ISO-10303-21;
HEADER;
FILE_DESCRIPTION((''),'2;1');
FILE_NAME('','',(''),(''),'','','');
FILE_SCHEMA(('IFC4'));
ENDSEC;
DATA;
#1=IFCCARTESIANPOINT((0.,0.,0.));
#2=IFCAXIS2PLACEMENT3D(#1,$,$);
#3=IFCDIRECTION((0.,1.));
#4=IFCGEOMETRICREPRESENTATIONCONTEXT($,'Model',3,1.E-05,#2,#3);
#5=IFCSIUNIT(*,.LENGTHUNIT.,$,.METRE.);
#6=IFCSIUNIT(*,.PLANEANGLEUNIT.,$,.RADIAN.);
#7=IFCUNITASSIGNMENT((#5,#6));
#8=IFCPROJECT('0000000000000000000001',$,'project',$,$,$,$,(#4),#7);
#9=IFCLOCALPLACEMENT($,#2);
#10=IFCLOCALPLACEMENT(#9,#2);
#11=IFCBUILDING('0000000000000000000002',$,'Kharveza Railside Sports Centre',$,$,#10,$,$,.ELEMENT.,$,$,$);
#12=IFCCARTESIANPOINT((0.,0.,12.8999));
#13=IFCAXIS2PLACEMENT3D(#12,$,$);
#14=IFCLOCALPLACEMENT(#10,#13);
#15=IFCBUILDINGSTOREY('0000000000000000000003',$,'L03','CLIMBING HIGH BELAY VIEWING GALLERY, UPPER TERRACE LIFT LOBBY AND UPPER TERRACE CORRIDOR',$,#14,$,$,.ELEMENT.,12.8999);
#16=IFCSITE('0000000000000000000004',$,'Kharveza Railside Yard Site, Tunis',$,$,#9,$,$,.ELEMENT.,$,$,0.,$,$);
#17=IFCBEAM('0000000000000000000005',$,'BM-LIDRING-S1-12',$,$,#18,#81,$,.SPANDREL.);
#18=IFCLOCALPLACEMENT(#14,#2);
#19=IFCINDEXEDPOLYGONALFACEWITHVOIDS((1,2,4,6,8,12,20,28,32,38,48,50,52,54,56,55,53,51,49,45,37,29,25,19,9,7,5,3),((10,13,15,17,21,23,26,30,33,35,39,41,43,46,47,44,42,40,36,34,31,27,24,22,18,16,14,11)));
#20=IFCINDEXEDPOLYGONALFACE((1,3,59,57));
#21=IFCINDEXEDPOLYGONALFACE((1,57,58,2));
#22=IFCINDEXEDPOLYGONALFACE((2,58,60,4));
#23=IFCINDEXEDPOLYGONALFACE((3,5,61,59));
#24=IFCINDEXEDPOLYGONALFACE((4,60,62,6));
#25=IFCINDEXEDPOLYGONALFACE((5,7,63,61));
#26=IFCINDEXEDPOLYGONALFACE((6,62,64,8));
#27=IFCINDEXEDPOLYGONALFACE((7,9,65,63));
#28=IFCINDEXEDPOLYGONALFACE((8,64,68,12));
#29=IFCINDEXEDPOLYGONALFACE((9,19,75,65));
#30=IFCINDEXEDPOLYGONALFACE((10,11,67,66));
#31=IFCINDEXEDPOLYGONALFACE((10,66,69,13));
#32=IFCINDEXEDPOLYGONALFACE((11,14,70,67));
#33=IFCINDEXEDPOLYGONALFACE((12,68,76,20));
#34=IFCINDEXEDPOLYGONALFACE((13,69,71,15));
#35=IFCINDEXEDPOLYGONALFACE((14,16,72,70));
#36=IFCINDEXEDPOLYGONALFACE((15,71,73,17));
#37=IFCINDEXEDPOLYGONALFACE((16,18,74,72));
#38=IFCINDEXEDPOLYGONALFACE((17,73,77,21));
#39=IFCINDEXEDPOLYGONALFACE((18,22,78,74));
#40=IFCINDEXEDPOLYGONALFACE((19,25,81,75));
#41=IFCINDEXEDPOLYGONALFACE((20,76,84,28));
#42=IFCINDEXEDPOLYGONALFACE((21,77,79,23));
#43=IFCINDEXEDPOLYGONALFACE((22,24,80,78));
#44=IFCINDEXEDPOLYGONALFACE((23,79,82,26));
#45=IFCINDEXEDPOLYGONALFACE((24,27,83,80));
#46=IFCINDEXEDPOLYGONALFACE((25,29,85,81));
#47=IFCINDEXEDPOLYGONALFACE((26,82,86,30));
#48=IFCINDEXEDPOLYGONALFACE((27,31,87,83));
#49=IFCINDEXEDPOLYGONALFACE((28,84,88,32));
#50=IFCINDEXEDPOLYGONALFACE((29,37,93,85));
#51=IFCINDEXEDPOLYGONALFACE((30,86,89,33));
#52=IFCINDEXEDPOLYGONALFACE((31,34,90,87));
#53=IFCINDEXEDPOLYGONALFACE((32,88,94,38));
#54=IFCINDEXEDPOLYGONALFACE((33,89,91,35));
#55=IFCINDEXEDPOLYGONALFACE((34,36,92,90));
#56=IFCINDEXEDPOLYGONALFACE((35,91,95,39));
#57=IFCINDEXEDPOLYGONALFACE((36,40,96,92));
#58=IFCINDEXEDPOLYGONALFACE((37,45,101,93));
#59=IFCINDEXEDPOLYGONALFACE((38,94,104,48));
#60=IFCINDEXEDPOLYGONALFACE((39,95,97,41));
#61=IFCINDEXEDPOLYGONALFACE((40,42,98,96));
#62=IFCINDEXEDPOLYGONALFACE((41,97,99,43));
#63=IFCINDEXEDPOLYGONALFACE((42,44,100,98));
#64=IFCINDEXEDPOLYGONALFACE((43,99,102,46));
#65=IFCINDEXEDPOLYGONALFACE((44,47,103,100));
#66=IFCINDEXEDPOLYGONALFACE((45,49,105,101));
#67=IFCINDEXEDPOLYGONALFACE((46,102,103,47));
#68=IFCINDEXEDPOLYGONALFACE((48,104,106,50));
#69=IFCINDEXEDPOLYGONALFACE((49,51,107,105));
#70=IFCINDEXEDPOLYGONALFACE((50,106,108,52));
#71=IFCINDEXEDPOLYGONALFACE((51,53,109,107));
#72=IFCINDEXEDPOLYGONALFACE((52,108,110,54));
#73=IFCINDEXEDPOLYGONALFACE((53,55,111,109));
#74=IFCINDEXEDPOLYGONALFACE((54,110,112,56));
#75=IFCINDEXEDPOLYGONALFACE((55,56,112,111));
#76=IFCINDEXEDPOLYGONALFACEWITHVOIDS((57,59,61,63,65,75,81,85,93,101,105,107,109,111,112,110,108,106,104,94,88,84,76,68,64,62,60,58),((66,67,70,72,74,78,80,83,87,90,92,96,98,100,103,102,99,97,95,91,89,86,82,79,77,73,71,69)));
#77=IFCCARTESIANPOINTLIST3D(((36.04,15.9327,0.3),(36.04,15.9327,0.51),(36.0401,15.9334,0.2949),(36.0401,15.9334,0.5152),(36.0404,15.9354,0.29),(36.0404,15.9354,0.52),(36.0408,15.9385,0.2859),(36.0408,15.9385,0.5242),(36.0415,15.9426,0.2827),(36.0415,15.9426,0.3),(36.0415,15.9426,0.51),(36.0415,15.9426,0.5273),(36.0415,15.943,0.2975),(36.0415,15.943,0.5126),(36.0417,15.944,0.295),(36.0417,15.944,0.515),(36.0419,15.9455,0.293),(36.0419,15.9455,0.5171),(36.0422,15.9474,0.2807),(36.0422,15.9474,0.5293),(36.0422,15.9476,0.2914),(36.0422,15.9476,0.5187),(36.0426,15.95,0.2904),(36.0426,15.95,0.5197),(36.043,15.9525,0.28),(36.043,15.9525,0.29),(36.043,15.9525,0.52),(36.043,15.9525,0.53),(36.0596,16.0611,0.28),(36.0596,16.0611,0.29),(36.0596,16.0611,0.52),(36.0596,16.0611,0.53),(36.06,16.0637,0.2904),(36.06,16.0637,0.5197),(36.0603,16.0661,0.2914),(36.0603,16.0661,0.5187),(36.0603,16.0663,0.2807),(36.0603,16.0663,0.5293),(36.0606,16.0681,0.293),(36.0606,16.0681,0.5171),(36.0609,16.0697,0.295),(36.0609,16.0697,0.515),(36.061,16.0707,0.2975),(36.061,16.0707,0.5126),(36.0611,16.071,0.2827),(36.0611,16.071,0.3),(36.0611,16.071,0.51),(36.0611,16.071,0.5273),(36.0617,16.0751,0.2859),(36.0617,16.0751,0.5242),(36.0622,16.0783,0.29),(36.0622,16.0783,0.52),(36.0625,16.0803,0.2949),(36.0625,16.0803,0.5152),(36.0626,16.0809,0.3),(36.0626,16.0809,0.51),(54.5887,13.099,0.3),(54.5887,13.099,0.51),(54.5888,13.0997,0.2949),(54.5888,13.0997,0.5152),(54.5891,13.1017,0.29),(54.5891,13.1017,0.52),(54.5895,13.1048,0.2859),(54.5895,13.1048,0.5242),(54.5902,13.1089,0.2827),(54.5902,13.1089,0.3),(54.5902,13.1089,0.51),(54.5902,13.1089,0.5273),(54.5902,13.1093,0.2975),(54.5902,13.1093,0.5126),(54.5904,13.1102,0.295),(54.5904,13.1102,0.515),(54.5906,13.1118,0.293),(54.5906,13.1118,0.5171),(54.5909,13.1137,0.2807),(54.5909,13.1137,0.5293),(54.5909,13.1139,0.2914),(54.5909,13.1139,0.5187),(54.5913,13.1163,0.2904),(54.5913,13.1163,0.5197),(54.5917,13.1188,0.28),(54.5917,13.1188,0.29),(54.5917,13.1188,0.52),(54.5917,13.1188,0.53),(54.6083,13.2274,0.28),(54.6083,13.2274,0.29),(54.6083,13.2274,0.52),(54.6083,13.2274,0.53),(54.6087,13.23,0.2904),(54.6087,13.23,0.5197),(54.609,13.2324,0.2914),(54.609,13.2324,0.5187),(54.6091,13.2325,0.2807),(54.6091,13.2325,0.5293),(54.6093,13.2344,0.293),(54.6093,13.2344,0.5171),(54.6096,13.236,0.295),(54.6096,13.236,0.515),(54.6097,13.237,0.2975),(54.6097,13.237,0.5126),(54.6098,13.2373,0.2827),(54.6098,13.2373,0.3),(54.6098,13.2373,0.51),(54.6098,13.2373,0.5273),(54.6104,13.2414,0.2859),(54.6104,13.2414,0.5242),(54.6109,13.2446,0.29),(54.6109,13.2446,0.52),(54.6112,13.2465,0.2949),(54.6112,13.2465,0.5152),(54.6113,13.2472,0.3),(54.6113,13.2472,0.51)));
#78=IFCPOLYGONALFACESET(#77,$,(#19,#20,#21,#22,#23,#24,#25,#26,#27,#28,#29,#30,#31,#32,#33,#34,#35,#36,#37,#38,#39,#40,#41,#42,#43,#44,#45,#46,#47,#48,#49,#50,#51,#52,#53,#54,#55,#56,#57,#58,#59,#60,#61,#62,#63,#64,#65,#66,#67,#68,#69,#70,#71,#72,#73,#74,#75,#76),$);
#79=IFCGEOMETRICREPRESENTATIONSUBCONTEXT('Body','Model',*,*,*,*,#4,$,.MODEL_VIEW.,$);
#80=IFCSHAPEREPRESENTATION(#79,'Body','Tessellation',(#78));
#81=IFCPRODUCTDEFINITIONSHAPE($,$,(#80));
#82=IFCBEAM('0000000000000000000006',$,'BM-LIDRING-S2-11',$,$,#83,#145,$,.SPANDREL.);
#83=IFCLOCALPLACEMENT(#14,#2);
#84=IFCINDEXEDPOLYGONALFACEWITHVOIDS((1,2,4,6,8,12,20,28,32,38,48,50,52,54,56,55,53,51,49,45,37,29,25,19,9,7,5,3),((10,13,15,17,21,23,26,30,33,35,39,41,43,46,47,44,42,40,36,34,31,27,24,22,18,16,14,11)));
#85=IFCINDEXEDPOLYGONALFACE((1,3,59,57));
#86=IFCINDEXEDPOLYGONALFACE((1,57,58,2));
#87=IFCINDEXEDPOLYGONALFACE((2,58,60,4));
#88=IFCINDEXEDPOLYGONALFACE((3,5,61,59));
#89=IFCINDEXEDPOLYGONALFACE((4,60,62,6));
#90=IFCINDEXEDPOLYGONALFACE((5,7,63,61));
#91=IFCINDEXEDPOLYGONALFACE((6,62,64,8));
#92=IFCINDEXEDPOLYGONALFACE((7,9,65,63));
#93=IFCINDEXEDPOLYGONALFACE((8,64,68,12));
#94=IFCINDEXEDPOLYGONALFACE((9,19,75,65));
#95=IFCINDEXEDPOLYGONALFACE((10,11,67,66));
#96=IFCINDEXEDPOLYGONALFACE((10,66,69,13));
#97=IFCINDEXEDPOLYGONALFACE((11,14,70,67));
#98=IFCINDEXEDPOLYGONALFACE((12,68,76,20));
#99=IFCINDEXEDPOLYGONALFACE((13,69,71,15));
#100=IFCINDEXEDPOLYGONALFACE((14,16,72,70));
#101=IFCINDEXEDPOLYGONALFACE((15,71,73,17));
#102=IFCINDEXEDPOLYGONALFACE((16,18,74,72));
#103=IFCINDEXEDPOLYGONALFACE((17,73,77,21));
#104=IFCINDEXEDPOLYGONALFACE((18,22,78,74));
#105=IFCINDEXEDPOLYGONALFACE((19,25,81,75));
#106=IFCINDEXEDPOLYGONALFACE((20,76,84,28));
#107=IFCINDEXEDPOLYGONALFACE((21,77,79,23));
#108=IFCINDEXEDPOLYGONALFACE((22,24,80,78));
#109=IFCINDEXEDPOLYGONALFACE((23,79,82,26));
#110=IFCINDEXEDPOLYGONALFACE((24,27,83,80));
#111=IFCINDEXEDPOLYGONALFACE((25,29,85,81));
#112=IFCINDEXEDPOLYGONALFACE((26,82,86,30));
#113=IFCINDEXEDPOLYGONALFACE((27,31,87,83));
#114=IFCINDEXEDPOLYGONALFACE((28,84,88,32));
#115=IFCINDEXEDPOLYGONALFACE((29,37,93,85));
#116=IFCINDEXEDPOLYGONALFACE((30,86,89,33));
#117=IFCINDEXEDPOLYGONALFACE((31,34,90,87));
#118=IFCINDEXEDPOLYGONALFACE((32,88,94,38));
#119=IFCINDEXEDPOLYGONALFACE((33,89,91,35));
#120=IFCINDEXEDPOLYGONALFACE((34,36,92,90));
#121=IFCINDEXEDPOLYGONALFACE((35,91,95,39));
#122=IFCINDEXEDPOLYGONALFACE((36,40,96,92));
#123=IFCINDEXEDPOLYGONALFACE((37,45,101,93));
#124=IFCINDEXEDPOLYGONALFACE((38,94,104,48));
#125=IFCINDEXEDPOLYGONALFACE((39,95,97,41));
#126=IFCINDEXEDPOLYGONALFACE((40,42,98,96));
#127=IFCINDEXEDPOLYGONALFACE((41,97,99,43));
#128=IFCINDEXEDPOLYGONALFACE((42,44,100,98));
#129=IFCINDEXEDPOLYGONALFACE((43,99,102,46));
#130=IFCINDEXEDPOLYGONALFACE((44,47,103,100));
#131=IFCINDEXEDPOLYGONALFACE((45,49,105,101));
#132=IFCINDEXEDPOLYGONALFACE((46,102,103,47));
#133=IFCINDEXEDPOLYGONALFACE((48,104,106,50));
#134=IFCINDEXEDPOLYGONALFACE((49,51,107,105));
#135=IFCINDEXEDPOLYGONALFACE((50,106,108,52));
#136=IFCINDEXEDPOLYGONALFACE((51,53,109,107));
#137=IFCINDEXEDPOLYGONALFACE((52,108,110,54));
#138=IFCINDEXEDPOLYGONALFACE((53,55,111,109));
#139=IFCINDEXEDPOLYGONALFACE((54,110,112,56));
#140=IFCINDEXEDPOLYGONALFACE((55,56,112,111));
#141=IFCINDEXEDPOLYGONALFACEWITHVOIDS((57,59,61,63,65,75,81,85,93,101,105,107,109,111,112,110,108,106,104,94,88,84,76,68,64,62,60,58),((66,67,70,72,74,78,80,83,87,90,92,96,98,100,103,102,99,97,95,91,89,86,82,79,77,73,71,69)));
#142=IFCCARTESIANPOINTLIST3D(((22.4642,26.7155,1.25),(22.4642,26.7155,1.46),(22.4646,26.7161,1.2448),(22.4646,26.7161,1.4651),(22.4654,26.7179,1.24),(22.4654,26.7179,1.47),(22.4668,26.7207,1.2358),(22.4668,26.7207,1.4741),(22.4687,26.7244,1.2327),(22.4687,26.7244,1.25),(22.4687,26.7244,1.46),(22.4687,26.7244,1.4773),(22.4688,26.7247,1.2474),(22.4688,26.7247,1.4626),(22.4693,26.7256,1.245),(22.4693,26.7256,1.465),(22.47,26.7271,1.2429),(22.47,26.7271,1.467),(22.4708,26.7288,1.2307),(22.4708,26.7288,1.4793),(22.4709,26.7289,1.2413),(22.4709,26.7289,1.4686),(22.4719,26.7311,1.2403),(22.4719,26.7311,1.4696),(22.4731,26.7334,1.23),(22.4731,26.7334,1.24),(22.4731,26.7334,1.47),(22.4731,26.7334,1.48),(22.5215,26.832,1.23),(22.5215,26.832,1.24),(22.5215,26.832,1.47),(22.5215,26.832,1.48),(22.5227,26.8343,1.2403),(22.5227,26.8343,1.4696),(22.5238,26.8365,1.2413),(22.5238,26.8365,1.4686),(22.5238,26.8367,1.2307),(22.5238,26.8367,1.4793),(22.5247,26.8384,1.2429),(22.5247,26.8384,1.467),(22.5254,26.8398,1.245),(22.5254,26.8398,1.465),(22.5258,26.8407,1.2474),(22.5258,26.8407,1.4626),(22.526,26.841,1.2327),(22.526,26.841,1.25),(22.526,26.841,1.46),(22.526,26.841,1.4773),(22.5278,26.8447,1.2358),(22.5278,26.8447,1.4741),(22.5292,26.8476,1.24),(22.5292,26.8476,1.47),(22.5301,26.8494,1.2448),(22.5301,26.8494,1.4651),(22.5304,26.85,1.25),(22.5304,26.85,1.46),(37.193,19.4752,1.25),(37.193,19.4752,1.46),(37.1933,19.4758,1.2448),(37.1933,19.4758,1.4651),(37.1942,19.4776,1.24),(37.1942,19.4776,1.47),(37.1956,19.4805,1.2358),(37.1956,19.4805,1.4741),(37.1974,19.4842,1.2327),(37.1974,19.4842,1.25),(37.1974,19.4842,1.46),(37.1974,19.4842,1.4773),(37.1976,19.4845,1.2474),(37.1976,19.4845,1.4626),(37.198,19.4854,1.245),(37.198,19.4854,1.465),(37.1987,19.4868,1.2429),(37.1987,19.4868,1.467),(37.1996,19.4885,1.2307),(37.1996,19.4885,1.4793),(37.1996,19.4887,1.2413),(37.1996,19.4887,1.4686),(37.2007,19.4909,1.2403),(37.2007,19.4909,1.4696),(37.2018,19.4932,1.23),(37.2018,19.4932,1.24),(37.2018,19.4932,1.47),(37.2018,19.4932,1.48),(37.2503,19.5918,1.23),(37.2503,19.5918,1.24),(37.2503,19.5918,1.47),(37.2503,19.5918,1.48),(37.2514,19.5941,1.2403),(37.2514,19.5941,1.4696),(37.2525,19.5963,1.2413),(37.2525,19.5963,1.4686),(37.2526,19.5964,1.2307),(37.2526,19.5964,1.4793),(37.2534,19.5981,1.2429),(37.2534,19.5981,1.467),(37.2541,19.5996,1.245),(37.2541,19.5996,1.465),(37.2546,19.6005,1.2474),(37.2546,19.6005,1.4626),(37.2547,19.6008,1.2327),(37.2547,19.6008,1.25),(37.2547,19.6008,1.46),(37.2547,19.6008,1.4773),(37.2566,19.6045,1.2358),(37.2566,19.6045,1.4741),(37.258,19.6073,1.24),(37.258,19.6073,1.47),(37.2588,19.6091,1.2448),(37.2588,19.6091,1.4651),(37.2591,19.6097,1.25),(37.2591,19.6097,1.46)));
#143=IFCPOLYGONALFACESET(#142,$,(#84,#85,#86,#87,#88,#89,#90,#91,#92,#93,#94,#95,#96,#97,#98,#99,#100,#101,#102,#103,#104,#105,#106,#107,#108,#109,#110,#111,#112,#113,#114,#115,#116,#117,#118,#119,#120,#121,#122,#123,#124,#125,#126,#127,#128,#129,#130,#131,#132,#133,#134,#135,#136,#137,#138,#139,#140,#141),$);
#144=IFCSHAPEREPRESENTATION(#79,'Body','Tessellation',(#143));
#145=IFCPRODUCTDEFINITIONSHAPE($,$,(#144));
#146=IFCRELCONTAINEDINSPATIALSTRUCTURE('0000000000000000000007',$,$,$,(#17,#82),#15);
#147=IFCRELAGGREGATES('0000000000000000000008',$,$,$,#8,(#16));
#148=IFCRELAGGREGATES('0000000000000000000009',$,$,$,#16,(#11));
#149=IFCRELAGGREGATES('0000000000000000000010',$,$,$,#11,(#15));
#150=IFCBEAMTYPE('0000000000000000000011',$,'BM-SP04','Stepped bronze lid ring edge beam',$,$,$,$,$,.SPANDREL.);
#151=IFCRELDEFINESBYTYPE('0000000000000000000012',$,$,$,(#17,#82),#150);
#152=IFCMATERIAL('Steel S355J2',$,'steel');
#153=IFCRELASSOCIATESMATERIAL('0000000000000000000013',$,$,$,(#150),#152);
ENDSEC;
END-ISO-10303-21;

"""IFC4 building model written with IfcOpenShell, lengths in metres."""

from ifc_helpers import new_model, si_unit, direction, frame, origin, origin_2d, place, context, subcontext, project, spatial, hollow_rectangle, extrude, material, material_profile, profile_set, type_object, element, save


model = new_model("IFC4")

# Units and contexts
model_context = context("Model", 3, precision=1e-05, world=origin(), true_north=direction((0.0, 1.0)))
body_context = subcontext(model_context, "Body", "Model", "MODEL_VIEW")
ifc_project = project(units=[si_unit("LENGTHUNIT", "METRE"), si_unit("PLANEANGLEUNIT", "RADIAN")], contexts=[model_context])

# Site, building, storey
site_placement = place(None, origin())
site = spatial("IfcSite", under=ifc_project, at=site_placement, Name="Kharveza Railside Yard Site, Tunis", CompositionType="ELEMENT", RefElevation=0.0)
building_placement = place(site_placement, origin())
building = spatial("IfcBuilding", under=site, at=building_placement, Name="Kharveza Railside Sports Centre", CompositionType="ELEMENT")
storey_placement = place(building_placement, frame((0.0, 0.0, 12.8999)))
storey = spatial("IfcBuildingStorey", under=building, at=storey_placement, Name="L03", Description="CLIMBING HIGH BELAY VIEWING GALLERY, UPPER TERRACE LIFT LOBBY AND UPPER TERRACE CORRIDOR", CompositionType="ELEMENT", Elevation=12.8999)

# Beams
ifc_material_1 = material(Name="Steel S355J2", Category="steel")
ifc_material_profile_1 = material_profile(ifc_material_1, hollow_rectangle(XDim=0.1499, YDim=0.25, WallThickness=0.01, InnerFilletRadius=0.01, OuterFilletRadius=0.02, at=origin_2d()), Name="RHS 150x250x10.0")
ifc_profile_set_1 = profile_set([ifc_material_profile_1], Name="Steel S355J2")
beam_type = type_object("IfcBeamType", Name="BM-SP04", Description="Stepped bronze lid ring edge beam", PredefinedType="SPANDREL", material=ifc_profile_set_1)
beam_1_placement = place(storey_placement, frame((36.0513, 16.0068, 0.405), z_axis=(0.988531, -0.15102, 0.0), x_axis=(0.15102, 0.988531, 0.0)))
element("IfcBeam", 1, at=beam_1_placement, inside=storey, type_object=beam_type, Name="BM-LIDRING-S1-12", PredefinedType="SPANDREL", context=body_context, shape_type="SweptSolid", body=[
    extrude(hollow_rectangle(XDim=0.1499, YDim=0.25, WallThickness=0.01, InnerFilletRadius=0.01, OuterFilletRadius=0.02, at=origin_2d()), origin(), (0.0, 0.0, 1.0), 18.7639),
])
beam_2_placement = place(storey_placement, frame((22.4973, 26.7827, 1.355), z_axis=(0.897432, -0.441152, 0.0), x_axis=(0.441152, 0.897432, 0.0)))
element("IfcBeam", 2, at=beam_2_placement, inside=storey, type_object=beam_type, Name="BM-LIDRING-S2-11", PredefinedType="SPANDREL", context=body_context, shape_type="SweptSolid", body=[
    extrude(hollow_rectangle(XDim=0.1499, YDim=0.25, WallThickness=0.01, InnerFilletRadius=0.01, OuterFilletRadius=0.02, at=origin_2d()), origin(), (0.0, 0.0, 1.0), 16.4121),
])

save(model, "model.ifc")
